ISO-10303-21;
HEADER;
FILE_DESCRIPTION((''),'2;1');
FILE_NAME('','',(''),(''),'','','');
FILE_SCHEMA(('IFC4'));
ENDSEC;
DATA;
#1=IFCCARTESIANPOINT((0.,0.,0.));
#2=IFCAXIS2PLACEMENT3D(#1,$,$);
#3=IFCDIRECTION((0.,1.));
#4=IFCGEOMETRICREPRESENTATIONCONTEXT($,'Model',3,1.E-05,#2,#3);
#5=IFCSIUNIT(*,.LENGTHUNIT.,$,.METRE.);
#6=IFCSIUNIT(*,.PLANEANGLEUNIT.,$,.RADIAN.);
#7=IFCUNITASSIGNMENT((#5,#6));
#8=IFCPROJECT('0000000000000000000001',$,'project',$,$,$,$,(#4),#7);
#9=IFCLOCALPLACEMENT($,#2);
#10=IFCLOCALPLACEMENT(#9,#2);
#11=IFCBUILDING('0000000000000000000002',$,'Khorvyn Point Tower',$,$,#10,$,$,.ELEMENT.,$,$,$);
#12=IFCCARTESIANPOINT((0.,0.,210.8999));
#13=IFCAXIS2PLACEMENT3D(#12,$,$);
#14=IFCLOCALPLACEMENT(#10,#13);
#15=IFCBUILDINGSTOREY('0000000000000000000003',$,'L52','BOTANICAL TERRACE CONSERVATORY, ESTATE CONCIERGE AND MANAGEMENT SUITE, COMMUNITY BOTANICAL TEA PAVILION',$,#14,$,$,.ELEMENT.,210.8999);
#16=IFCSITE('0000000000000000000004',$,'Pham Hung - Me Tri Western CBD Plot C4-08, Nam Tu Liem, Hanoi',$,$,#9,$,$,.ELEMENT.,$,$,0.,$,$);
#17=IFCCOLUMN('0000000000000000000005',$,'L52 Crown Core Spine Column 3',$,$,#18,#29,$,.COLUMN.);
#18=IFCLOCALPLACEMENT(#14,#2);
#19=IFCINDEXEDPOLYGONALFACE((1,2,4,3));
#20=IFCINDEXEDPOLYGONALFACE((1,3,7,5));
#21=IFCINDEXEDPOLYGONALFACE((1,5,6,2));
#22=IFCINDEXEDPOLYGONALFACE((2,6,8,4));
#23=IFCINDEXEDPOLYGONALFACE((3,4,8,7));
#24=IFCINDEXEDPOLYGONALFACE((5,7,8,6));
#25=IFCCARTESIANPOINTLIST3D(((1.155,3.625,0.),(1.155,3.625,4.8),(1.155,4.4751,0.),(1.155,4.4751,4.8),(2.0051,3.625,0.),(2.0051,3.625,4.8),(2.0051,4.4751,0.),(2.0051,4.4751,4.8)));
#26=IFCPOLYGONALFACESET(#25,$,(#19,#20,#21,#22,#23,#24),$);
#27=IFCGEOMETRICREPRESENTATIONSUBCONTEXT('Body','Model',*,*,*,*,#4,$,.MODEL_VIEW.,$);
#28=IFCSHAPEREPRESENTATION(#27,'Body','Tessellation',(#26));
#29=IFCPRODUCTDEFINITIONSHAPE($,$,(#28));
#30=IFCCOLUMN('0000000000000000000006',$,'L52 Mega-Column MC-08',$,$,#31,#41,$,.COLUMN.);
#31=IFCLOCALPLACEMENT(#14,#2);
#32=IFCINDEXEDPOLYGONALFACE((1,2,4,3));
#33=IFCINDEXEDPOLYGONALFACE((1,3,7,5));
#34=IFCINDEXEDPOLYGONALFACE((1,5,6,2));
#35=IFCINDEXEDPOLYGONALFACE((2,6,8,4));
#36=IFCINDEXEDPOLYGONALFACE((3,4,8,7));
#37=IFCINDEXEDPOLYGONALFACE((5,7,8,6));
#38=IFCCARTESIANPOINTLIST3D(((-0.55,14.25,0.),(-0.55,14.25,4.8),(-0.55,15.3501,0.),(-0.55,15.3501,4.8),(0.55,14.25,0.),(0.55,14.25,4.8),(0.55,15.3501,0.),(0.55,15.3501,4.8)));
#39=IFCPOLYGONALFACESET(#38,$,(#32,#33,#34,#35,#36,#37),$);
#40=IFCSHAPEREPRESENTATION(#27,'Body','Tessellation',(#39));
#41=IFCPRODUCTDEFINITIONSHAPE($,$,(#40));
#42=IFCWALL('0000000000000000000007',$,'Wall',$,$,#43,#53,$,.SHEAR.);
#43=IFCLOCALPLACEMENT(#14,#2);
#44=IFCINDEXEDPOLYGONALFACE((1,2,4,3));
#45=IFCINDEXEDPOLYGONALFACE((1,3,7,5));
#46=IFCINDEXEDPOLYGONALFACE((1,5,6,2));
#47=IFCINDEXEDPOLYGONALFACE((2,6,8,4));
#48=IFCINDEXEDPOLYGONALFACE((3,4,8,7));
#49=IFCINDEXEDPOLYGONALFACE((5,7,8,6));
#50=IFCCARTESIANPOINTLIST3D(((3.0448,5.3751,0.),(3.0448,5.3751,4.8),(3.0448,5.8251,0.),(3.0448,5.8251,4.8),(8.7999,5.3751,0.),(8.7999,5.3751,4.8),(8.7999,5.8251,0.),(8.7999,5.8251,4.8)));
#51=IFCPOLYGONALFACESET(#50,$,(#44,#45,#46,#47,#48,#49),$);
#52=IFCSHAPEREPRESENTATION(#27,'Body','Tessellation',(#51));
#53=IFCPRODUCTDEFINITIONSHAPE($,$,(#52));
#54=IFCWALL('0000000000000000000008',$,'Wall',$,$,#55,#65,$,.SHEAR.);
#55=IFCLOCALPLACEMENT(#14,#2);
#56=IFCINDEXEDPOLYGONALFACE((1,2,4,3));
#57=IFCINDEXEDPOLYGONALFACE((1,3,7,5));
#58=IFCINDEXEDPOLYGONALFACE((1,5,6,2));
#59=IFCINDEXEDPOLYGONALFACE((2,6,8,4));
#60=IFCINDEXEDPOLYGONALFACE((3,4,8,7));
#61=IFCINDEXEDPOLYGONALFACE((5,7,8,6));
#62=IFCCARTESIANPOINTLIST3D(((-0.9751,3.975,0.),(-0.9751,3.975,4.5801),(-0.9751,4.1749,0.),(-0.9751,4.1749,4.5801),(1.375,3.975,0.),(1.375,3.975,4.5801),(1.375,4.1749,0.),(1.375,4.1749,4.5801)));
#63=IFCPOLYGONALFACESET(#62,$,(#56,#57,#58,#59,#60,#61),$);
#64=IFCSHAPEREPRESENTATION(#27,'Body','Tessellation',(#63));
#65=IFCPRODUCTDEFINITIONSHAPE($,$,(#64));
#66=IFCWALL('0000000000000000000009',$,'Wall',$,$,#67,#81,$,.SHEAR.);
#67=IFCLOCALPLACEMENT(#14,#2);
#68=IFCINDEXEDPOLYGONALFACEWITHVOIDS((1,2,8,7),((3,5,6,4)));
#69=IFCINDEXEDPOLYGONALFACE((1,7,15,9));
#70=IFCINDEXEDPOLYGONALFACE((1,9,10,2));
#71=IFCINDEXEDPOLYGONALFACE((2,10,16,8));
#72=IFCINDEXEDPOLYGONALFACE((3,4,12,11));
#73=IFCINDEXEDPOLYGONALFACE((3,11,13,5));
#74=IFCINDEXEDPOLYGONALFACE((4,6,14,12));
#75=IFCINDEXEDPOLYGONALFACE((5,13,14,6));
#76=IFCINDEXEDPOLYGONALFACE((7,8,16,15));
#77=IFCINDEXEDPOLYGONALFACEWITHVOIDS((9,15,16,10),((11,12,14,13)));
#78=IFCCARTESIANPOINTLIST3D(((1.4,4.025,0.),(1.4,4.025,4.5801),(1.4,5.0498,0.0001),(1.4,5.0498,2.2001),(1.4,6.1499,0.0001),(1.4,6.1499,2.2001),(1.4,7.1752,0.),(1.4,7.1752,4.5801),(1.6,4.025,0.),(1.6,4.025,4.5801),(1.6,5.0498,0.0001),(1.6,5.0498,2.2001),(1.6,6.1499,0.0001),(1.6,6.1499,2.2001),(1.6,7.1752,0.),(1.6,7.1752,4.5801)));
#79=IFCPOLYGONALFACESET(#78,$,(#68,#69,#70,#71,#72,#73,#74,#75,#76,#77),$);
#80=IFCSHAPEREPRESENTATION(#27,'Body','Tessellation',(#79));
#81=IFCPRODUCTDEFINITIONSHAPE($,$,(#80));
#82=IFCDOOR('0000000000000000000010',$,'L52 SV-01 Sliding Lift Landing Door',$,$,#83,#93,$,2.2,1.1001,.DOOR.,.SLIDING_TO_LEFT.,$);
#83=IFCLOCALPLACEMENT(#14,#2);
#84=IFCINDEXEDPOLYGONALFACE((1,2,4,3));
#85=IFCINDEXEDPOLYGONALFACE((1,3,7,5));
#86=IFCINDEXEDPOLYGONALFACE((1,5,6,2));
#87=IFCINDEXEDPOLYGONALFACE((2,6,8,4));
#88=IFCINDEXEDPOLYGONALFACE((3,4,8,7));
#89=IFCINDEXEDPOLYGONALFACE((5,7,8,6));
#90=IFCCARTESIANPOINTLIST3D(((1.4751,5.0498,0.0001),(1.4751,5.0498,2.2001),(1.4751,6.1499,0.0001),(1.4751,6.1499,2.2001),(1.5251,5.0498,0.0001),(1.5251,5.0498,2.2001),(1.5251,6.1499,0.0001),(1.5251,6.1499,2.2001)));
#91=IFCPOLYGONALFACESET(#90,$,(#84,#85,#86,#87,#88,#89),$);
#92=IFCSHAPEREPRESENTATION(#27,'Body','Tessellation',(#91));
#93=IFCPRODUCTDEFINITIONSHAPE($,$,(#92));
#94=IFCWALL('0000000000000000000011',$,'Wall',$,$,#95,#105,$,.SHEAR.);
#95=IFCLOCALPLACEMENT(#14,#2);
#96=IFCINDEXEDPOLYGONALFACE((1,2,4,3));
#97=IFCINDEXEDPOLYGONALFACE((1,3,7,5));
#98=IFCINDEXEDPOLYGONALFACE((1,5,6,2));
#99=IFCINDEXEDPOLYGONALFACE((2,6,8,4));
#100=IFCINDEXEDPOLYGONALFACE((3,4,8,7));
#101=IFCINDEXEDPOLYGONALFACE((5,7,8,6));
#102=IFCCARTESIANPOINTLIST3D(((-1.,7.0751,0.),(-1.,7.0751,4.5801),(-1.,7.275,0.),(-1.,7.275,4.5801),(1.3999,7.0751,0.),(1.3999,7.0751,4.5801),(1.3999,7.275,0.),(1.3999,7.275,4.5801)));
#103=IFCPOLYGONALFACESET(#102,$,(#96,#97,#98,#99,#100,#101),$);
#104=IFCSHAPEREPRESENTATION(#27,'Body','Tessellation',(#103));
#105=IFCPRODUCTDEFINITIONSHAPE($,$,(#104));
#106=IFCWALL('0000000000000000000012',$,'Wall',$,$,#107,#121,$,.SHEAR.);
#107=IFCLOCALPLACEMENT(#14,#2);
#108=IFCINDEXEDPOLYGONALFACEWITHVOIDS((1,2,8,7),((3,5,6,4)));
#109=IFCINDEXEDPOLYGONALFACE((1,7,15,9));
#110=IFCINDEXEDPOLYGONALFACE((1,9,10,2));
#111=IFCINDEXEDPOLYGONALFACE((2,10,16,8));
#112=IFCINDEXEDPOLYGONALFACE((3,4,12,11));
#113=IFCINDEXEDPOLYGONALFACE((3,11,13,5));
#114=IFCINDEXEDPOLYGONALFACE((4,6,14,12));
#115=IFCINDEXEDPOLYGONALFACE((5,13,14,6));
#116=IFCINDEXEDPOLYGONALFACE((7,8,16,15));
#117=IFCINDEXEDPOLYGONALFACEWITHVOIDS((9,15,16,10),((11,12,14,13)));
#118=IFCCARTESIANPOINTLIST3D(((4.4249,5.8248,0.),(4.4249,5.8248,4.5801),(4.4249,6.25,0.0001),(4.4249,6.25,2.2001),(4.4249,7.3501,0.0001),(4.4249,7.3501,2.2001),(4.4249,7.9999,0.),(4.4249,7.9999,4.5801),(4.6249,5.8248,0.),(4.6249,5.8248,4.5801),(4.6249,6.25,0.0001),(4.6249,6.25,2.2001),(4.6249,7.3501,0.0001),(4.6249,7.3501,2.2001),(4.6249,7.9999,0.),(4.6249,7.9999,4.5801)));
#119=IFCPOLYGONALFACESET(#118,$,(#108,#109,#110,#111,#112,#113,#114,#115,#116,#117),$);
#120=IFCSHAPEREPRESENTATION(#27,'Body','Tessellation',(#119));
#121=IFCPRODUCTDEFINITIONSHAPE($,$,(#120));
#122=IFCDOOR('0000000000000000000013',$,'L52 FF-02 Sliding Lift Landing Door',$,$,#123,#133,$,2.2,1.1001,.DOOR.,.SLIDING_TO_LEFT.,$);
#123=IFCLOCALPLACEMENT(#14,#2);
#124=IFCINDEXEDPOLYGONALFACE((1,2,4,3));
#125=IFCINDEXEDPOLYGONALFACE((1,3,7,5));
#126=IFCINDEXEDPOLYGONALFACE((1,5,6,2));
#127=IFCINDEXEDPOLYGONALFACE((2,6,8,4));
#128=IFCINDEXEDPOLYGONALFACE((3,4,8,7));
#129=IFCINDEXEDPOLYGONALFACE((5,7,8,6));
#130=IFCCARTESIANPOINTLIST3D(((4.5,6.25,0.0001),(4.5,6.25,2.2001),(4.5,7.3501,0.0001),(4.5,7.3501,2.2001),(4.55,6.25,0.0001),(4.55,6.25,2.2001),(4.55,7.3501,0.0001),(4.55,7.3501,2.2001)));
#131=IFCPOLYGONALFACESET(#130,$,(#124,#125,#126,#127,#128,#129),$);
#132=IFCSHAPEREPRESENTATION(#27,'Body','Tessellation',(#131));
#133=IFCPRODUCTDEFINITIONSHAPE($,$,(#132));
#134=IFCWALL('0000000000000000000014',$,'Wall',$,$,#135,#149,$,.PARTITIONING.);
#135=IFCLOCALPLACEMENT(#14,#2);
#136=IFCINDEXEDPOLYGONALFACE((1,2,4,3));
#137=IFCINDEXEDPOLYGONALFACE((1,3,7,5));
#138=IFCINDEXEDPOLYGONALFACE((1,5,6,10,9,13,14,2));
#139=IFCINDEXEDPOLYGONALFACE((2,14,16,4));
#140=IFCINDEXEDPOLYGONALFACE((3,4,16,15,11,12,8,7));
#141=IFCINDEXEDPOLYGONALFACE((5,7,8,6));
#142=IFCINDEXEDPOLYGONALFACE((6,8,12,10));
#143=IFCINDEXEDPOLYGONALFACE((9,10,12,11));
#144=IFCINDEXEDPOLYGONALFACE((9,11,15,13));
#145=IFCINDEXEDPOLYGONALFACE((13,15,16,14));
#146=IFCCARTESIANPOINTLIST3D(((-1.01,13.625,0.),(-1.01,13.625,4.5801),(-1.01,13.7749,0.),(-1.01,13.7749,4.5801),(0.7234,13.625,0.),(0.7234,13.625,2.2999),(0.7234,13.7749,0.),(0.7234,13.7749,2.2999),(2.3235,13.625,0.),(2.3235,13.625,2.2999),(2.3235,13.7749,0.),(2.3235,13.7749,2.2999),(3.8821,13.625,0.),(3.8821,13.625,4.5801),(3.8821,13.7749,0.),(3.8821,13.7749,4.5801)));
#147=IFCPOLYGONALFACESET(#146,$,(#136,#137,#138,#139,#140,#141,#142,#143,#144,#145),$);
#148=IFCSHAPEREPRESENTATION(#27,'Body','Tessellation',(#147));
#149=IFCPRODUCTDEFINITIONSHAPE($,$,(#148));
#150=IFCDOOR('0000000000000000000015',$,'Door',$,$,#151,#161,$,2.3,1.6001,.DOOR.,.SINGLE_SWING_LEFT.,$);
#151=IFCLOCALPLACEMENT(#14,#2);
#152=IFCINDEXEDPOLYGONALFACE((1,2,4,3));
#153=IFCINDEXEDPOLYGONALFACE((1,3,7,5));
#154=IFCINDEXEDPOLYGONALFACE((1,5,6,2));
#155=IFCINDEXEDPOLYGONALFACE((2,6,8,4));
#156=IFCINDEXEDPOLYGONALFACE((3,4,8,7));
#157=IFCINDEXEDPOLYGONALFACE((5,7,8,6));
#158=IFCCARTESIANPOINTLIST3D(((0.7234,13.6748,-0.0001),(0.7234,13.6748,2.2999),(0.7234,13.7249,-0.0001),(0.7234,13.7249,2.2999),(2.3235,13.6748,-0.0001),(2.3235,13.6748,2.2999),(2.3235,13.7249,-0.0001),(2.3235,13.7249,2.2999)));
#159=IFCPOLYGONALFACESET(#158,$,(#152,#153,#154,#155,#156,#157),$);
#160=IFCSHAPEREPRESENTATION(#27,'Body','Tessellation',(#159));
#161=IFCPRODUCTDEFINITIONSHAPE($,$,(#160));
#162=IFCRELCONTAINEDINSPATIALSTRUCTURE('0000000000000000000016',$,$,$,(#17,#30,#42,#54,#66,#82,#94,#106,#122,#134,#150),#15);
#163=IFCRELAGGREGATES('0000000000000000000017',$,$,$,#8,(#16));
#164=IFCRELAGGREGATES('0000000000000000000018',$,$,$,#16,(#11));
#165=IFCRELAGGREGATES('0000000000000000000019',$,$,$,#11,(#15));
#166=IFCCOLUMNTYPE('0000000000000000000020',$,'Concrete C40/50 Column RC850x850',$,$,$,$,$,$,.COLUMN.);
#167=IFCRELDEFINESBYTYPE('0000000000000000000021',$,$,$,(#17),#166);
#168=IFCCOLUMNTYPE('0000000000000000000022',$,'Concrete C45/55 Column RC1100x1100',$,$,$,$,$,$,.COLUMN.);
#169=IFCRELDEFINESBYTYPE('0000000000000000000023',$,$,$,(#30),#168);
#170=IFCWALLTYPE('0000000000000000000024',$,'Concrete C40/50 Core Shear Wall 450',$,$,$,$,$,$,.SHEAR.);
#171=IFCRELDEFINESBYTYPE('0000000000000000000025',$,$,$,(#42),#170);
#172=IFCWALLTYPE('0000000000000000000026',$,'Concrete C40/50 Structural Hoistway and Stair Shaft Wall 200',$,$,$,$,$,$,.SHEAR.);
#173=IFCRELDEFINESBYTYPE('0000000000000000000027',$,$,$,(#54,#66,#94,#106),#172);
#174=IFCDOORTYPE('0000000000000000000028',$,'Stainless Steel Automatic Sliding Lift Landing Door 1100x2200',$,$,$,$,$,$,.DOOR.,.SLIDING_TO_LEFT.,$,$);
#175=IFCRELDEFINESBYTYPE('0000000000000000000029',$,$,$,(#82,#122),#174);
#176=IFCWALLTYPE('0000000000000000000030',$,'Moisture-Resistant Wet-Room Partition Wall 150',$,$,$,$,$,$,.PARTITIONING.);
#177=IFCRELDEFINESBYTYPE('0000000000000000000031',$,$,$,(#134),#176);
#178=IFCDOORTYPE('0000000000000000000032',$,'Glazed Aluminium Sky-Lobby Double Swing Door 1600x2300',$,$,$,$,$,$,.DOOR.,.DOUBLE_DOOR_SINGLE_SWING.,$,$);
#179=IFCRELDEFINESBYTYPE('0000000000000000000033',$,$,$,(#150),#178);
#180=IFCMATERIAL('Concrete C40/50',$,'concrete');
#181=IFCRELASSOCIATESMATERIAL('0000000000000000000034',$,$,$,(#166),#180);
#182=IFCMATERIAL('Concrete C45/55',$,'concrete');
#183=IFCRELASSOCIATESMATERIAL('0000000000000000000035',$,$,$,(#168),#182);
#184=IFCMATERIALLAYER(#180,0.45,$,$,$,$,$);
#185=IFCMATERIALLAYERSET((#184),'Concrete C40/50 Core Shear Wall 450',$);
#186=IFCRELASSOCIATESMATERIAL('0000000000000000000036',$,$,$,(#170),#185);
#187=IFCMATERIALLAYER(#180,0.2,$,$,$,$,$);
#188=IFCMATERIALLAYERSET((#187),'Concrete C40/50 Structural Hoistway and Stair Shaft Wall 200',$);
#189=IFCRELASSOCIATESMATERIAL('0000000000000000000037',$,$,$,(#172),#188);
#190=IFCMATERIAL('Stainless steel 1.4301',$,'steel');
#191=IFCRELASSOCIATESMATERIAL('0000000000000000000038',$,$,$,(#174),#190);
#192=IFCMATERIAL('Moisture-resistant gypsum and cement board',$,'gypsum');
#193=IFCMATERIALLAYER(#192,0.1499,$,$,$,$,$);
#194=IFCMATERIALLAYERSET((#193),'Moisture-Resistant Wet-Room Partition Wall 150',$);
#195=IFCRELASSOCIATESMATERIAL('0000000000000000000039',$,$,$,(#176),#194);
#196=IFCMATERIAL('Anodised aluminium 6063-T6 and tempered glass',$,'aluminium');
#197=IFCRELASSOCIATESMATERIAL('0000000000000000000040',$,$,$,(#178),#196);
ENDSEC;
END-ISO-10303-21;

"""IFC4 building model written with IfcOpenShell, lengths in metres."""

from ifc_helpers import new_model, si_unit, direction, frame, frame_2d, origin, origin_2d, place, context, subcontext, project, spatial, rectangle, extrude, material, layer, layer_set, material_profile, profile_set, type_object, element, fill, save


model = new_model("IFC4")

# Units and contexts
model_context = context("Model", 3, precision=1e-05, world=origin(), true_north=direction((0.0, 1.0)))
body_context = subcontext(model_context, "Body", "Model", "MODEL_VIEW")
ifc_project = project(units=[si_unit("LENGTHUNIT", "METRE"), si_unit("PLANEANGLEUNIT", "RADIAN")], contexts=[model_context])

# Site, building, storey
site_placement = place(None, origin())
site = spatial("IfcSite", under=ifc_project, at=site_placement, Name="Pham Hung - Me Tri Western CBD Plot C4-08, Nam Tu Liem, Hanoi", CompositionType="ELEMENT", RefElevation=0.0)
building_placement = place(site_placement, origin())
building = spatial("IfcBuilding", under=site, at=building_placement, Name="Khorvyn Point Tower", CompositionType="ELEMENT")
storey_placement = place(building_placement, frame((0.0, 0.0, 210.8999)))
storey = spatial("IfcBuildingStorey", under=building, at=storey_placement, Name="L52", Description="BOTANICAL TERRACE CONSERVATORY, ESTATE CONCIERGE AND MANAGEMENT SUITE, COMMUNITY BOTANICAL TEA PAVILION", CompositionType="ELEMENT", Elevation=210.8999)

# Columns
ifc_material_1 = material(Name="Concrete C40/50", Category="concrete")
ifc_material_profile_1 = material_profile(ifc_material_1, rectangle(XDim=0.8501, YDim=0.8501, at=origin_2d()))
ifc_profile_set_1 = profile_set([ifc_material_profile_1], Name="Concrete C40/50 RC850x850")
column_type_1 = type_object("IfcColumnType", Name="Concrete C40/50 Column RC850x850", PredefinedType="COLUMN", material=ifc_profile_set_1)
column_1_placement = place(storey_placement, frame((1.5801, 4.05, 0.0), z_axis=(0.0, 0.0, 1.0), x_axis=(1.0, 0.0, 0.0)))
element("IfcColumn", 1, at=column_1_placement, inside=storey, type_object=column_type_1, Name="L52 Crown Core Spine Column 3", PredefinedType="COLUMN", context=body_context, shape_type="SweptSolid", body=[
    extrude(rectangle(XDim=0.8501, YDim=0.8501, at=origin_2d()), origin(), (0.0, 0.0, 1.0), 4.8),
])
ifc_material_2 = material(Name="Concrete C45/55", Category="concrete")
ifc_material_profile_2 = material_profile(ifc_material_2, rectangle(XDim=1.1001, YDim=1.1001, at=origin_2d()))
ifc_profile_set_2 = profile_set([ifc_material_profile_2], Name="Concrete C45/55 RC1100x1100")
column_type_2 = type_object("IfcColumnType", Name="Concrete C45/55 Column RC1100x1100", PredefinedType="COLUMN", material=ifc_profile_set_2)
column_2_placement = place(storey_placement, frame((0.0, 14.8, 0.0), z_axis=(0.0, 0.0, 1.0), x_axis=(1.0, 0.0, 0.0)))
element("IfcColumn", 2, at=column_2_placement, inside=storey, type_object=column_type_2, Name="L52 Mega-Column MC-08", PredefinedType="COLUMN", context=body_context, shape_type="SweptSolid", body=[
    extrude(rectangle(XDim=1.1001, YDim=1.1001, at=origin_2d()), origin(), (0.0, 0.0, 1.0), 4.8),
])

# Walls
ifc_layer_1 = layer(ifc_material_1, 0.45)
ifc_layer_set_1 = layer_set([ifc_layer_1], Name="Concrete C40/50 Core Shear Wall 450")
wall_type_1 = type_object("IfcWallType", Name="Concrete C40/50 Core Shear Wall 450", PredefinedType="SHEAR", material=ifc_layer_set_1)
wall_1_placement = place(storey_placement, frame((3.0449, 5.6001, 0.0), z_axis=(0.0, 0.0, 1.0), x_axis=(1.0, 0.0, 0.0)))
element("IfcWall", 3, at=wall_1_placement, inside=storey, type_object=wall_type_1, Name="Wall", PredefinedType="SHEAR", context=body_context, shape_type="SweptSolid", body=[
    extrude(rectangle(XDim=5.7551, YDim=0.45, at=frame_2d((2.8774, 0.0))), origin(), (0.0, 0.0, 1.0), 4.8),
])
ifc_layer_2 = layer(ifc_material_1, 0.2)
ifc_layer_set_2 = layer_set([ifc_layer_2], Name="Concrete C40/50 Structural Hoistway and Stair Shaft Wall 200")
wall_type_2 = type_object("IfcWallType", Name="Concrete C40/50 Structural Hoistway and Stair Shaft Wall 200", PredefinedType="SHEAR", material=ifc_layer_set_2)
wall_2_placement = place(storey_placement, frame((-0.9751, 4.075, 0.0), z_axis=(0.0, 0.0, 1.0), x_axis=(1.0, 0.0, 0.0)))
element("IfcWall", 4, at=wall_2_placement, inside=storey, type_object=wall_type_2, Name="Wall", PredefinedType="SHEAR", context=body_context, shape_type="SweptSolid", body=[
    extrude(rectangle(XDim=2.3501, YDim=0.2, at=frame_2d((1.175, 0.0))), origin(), (0.0, 0.0, 1.0), 4.5801),
])

# Wall, opening, door
wall_3_placement = place(storey_placement, frame((1.5, 4.0249, 0.0), z_axis=(0.0, 0.0, 1.0), x_axis=(0.0, 1.0, 0.0)))
wall_3 = element("IfcWall", 5, at=wall_3_placement, inside=storey, type_object=wall_type_2, Name="Wall", PredefinedType="SHEAR", context=body_context, shape_type="SweptSolid", body=[
    extrude(rectangle(XDim=3.1501, YDim=0.2, at=frame_2d((1.5752, 0.0))), origin(), (0.0, 0.0, 1.0), 4.5801),
])
opening_1_placement = place(wall_3_placement, frame((1.0249, 0.0, 0.0)))
opening_1 = element("IfcOpeningElement", 6, at=opening_1_placement, cuts=wall_3, PredefinedType="OPENING", context=body_context, shape_type="SweptSolid", body=[
    extrude(rectangle(XDim=1.1001, YDim=2.2, at=frame_2d((0.55, 1.1001))), frame((0.0, 0.1099, 0.0), z_axis=(0.0, -1.0, 0.0), x_axis=(1.0, 0.0, 0.0)), (0.0, 0.0, 1.0), 0.22),
])
ifc_material_3 = material(Name="Stainless steel 1.4301", Category="steel")
door_type_1 = type_object("IfcDoorType", Name="Stainless Steel Automatic Sliding Lift Landing Door 1100x2200", OperationType="SLIDING_TO_LEFT", PredefinedType="DOOR", material=ifc_material_3)
door_1_placement = place(opening_1_placement, origin())
door_1 = element("IfcDoor", 7, at=door_1_placement, inside=storey, type_object=door_type_1, Name="L52 SV-01 Sliding Lift Landing Door", OperationType="SLIDING_TO_LEFT", OverallHeight=2.2, OverallWidth=1.1001, PredefinedType="DOOR", context=body_context, shape_type="SweptSolid", body=[
    extrude(rectangle(XDim=1.1001, YDim=2.2, at=frame_2d((0.55, 1.1001))), frame((0.0, 0.0249, 0.0), z_axis=(0.0, -1.0, 0.0), x_axis=(1.0, 0.0, 0.0)), (0.0, 0.0, 1.0), 0.05),
])
fill(opening_1, door_1)

# Wall
wall_4_placement = place(storey_placement, frame((-1.0, 7.175, 0.0), z_axis=(0.0, 0.0, 1.0), x_axis=(1.0, 0.0, 0.0)))
element("IfcWall", 8, at=wall_4_placement, inside=storey, type_object=wall_type_2, Name="Wall", PredefinedType="SHEAR", context=body_context, shape_type="SweptSolid", body=[
    extrude(rectangle(XDim=2.3999, YDim=0.2, at=frame_2d((1.2, 0.0))), origin(), (0.0, 0.0, 1.0), 4.5801),
])

# Walls, openings, doors
wall_5_placement = place(storey_placement, frame((4.5249, 5.825, 0.0), z_axis=(0.0, 0.0, 1.0), x_axis=(0.0, 1.0, 0.0)))
wall_5 = element("IfcWall", 9, at=wall_5_placement, inside=storey, type_object=wall_type_2, Name="Wall", PredefinedType="SHEAR", context=body_context, shape_type="SweptSolid", body=[
    extrude(rectangle(XDim=2.175, YDim=0.2, at=frame_2d((1.0874, 0.0))), origin(), (0.0, 0.0, 1.0), 4.5801),
])
opening_2_placement = place(wall_5_placement, frame((0.425, 0.0, 0.0)))
opening_2 = element("IfcOpeningElement", 10, at=opening_2_placement, cuts=wall_5, PredefinedType="OPENING", context=body_context, shape_type="SweptSolid", body=[
    extrude(rectangle(XDim=1.1001, YDim=2.2, at=frame_2d((0.55, 1.1001))), frame((0.0, 0.1099, 0.0), z_axis=(0.0, -1.0, 0.0), x_axis=(1.0, 0.0, 0.0)), (0.0, 0.0, 1.0), 0.22),
])
door_2_placement = place(opening_2_placement, origin())
door_2 = element("IfcDoor", 11, at=door_2_placement, inside=storey, type_object=door_type_1, Name="L52 FF-02 Sliding Lift Landing Door", OperationType="SLIDING_TO_LEFT", OverallHeight=2.2, OverallWidth=1.1001, PredefinedType="DOOR", context=body_context, shape_type="SweptSolid", body=[
    extrude(rectangle(XDim=1.1001, YDim=2.2, at=frame_2d((0.55, 1.1001))), frame((0.0, 0.0249, 0.0), z_axis=(0.0, -1.0, 0.0), x_axis=(1.0, 0.0, 0.0)), (0.0, 0.0, 1.0), 0.05),
])
fill(opening_2, door_2)
ifc_material_4 = material(Name="Moisture-resistant gypsum and cement board", Category="gypsum")
ifc_layer_3 = layer(ifc_material_4, 0.1499)
ifc_layer_set_3 = layer_set([ifc_layer_3], Name="Moisture-Resistant Wet-Room Partition Wall 150")
wall_type_3 = type_object("IfcWallType", Name="Moisture-Resistant Wet-Room Partition Wall 150", PredefinedType="PARTITIONING", material=ifc_layer_set_3)
wall_6_placement = place(storey_placement, frame((-1.01, 13.7, 0.0), z_axis=(0.0, 0.0, 1.0), x_axis=(1.0, 0.0, 0.0)))
wall_6 = element("IfcWall", 12, at=wall_6_placement, inside=storey, type_object=wall_type_3, Name="Wall", PredefinedType="PARTITIONING", context=body_context, shape_type="SweptSolid", body=[
    extrude(rectangle(XDim=4.8921, YDim=0.1499, at=frame_2d((2.446, 0.0))), origin(), (0.0, 0.0, 1.0), 4.5801),
])
opening_3_placement = place(wall_6_placement, frame((1.7334, 0.0, 0.0)))
opening_3 = element("IfcOpeningElement", 13, at=opening_3_placement, cuts=wall_6, PredefinedType="OPENING", context=body_context, shape_type="SweptSolid", body=[
    extrude(rectangle(XDim=1.6001, YDim=2.3, at=frame_2d((0.8, 1.1499))), frame((0.0, 0.085, 0.0), z_axis=(0.0, -1.0, 0.0), x_axis=(1.0, 0.0, 0.0)), (0.0, 0.0, 1.0), 0.1699),
])
ifc_material_5 = material(Name="Anodised aluminium 6063-T6 and tempered glass", Category="aluminium")
door_type_2 = type_object("IfcDoorType", Name="Glazed Aluminium Sky-Lobby Double Swing Door 1600x2300", OperationType="DOUBLE_DOOR_SINGLE_SWING", PredefinedType="DOOR", material=ifc_material_5)
door_3_placement = place(opening_3_placement, origin())
door_3 = element("IfcDoor", 14, at=door_3_placement, inside=storey, type_object=door_type_2, Name="Door", OperationType="SINGLE_SWING_LEFT", OverallHeight=2.3, OverallWidth=1.6001, PredefinedType="DOOR", context=body_context, shape_type="SweptSolid", body=[
    extrude(rectangle(XDim=1.6001, YDim=2.3, at=frame_2d((0.8, 1.1499))), frame((0.0, 0.0249, 0.0), z_axis=(0.0, -1.0, 0.0), x_axis=(1.0, 0.0, 0.0)), (0.0, 0.0, 1.0), 0.05),
])
fill(opening_3, door_3)

save(model, "model.ifc")
